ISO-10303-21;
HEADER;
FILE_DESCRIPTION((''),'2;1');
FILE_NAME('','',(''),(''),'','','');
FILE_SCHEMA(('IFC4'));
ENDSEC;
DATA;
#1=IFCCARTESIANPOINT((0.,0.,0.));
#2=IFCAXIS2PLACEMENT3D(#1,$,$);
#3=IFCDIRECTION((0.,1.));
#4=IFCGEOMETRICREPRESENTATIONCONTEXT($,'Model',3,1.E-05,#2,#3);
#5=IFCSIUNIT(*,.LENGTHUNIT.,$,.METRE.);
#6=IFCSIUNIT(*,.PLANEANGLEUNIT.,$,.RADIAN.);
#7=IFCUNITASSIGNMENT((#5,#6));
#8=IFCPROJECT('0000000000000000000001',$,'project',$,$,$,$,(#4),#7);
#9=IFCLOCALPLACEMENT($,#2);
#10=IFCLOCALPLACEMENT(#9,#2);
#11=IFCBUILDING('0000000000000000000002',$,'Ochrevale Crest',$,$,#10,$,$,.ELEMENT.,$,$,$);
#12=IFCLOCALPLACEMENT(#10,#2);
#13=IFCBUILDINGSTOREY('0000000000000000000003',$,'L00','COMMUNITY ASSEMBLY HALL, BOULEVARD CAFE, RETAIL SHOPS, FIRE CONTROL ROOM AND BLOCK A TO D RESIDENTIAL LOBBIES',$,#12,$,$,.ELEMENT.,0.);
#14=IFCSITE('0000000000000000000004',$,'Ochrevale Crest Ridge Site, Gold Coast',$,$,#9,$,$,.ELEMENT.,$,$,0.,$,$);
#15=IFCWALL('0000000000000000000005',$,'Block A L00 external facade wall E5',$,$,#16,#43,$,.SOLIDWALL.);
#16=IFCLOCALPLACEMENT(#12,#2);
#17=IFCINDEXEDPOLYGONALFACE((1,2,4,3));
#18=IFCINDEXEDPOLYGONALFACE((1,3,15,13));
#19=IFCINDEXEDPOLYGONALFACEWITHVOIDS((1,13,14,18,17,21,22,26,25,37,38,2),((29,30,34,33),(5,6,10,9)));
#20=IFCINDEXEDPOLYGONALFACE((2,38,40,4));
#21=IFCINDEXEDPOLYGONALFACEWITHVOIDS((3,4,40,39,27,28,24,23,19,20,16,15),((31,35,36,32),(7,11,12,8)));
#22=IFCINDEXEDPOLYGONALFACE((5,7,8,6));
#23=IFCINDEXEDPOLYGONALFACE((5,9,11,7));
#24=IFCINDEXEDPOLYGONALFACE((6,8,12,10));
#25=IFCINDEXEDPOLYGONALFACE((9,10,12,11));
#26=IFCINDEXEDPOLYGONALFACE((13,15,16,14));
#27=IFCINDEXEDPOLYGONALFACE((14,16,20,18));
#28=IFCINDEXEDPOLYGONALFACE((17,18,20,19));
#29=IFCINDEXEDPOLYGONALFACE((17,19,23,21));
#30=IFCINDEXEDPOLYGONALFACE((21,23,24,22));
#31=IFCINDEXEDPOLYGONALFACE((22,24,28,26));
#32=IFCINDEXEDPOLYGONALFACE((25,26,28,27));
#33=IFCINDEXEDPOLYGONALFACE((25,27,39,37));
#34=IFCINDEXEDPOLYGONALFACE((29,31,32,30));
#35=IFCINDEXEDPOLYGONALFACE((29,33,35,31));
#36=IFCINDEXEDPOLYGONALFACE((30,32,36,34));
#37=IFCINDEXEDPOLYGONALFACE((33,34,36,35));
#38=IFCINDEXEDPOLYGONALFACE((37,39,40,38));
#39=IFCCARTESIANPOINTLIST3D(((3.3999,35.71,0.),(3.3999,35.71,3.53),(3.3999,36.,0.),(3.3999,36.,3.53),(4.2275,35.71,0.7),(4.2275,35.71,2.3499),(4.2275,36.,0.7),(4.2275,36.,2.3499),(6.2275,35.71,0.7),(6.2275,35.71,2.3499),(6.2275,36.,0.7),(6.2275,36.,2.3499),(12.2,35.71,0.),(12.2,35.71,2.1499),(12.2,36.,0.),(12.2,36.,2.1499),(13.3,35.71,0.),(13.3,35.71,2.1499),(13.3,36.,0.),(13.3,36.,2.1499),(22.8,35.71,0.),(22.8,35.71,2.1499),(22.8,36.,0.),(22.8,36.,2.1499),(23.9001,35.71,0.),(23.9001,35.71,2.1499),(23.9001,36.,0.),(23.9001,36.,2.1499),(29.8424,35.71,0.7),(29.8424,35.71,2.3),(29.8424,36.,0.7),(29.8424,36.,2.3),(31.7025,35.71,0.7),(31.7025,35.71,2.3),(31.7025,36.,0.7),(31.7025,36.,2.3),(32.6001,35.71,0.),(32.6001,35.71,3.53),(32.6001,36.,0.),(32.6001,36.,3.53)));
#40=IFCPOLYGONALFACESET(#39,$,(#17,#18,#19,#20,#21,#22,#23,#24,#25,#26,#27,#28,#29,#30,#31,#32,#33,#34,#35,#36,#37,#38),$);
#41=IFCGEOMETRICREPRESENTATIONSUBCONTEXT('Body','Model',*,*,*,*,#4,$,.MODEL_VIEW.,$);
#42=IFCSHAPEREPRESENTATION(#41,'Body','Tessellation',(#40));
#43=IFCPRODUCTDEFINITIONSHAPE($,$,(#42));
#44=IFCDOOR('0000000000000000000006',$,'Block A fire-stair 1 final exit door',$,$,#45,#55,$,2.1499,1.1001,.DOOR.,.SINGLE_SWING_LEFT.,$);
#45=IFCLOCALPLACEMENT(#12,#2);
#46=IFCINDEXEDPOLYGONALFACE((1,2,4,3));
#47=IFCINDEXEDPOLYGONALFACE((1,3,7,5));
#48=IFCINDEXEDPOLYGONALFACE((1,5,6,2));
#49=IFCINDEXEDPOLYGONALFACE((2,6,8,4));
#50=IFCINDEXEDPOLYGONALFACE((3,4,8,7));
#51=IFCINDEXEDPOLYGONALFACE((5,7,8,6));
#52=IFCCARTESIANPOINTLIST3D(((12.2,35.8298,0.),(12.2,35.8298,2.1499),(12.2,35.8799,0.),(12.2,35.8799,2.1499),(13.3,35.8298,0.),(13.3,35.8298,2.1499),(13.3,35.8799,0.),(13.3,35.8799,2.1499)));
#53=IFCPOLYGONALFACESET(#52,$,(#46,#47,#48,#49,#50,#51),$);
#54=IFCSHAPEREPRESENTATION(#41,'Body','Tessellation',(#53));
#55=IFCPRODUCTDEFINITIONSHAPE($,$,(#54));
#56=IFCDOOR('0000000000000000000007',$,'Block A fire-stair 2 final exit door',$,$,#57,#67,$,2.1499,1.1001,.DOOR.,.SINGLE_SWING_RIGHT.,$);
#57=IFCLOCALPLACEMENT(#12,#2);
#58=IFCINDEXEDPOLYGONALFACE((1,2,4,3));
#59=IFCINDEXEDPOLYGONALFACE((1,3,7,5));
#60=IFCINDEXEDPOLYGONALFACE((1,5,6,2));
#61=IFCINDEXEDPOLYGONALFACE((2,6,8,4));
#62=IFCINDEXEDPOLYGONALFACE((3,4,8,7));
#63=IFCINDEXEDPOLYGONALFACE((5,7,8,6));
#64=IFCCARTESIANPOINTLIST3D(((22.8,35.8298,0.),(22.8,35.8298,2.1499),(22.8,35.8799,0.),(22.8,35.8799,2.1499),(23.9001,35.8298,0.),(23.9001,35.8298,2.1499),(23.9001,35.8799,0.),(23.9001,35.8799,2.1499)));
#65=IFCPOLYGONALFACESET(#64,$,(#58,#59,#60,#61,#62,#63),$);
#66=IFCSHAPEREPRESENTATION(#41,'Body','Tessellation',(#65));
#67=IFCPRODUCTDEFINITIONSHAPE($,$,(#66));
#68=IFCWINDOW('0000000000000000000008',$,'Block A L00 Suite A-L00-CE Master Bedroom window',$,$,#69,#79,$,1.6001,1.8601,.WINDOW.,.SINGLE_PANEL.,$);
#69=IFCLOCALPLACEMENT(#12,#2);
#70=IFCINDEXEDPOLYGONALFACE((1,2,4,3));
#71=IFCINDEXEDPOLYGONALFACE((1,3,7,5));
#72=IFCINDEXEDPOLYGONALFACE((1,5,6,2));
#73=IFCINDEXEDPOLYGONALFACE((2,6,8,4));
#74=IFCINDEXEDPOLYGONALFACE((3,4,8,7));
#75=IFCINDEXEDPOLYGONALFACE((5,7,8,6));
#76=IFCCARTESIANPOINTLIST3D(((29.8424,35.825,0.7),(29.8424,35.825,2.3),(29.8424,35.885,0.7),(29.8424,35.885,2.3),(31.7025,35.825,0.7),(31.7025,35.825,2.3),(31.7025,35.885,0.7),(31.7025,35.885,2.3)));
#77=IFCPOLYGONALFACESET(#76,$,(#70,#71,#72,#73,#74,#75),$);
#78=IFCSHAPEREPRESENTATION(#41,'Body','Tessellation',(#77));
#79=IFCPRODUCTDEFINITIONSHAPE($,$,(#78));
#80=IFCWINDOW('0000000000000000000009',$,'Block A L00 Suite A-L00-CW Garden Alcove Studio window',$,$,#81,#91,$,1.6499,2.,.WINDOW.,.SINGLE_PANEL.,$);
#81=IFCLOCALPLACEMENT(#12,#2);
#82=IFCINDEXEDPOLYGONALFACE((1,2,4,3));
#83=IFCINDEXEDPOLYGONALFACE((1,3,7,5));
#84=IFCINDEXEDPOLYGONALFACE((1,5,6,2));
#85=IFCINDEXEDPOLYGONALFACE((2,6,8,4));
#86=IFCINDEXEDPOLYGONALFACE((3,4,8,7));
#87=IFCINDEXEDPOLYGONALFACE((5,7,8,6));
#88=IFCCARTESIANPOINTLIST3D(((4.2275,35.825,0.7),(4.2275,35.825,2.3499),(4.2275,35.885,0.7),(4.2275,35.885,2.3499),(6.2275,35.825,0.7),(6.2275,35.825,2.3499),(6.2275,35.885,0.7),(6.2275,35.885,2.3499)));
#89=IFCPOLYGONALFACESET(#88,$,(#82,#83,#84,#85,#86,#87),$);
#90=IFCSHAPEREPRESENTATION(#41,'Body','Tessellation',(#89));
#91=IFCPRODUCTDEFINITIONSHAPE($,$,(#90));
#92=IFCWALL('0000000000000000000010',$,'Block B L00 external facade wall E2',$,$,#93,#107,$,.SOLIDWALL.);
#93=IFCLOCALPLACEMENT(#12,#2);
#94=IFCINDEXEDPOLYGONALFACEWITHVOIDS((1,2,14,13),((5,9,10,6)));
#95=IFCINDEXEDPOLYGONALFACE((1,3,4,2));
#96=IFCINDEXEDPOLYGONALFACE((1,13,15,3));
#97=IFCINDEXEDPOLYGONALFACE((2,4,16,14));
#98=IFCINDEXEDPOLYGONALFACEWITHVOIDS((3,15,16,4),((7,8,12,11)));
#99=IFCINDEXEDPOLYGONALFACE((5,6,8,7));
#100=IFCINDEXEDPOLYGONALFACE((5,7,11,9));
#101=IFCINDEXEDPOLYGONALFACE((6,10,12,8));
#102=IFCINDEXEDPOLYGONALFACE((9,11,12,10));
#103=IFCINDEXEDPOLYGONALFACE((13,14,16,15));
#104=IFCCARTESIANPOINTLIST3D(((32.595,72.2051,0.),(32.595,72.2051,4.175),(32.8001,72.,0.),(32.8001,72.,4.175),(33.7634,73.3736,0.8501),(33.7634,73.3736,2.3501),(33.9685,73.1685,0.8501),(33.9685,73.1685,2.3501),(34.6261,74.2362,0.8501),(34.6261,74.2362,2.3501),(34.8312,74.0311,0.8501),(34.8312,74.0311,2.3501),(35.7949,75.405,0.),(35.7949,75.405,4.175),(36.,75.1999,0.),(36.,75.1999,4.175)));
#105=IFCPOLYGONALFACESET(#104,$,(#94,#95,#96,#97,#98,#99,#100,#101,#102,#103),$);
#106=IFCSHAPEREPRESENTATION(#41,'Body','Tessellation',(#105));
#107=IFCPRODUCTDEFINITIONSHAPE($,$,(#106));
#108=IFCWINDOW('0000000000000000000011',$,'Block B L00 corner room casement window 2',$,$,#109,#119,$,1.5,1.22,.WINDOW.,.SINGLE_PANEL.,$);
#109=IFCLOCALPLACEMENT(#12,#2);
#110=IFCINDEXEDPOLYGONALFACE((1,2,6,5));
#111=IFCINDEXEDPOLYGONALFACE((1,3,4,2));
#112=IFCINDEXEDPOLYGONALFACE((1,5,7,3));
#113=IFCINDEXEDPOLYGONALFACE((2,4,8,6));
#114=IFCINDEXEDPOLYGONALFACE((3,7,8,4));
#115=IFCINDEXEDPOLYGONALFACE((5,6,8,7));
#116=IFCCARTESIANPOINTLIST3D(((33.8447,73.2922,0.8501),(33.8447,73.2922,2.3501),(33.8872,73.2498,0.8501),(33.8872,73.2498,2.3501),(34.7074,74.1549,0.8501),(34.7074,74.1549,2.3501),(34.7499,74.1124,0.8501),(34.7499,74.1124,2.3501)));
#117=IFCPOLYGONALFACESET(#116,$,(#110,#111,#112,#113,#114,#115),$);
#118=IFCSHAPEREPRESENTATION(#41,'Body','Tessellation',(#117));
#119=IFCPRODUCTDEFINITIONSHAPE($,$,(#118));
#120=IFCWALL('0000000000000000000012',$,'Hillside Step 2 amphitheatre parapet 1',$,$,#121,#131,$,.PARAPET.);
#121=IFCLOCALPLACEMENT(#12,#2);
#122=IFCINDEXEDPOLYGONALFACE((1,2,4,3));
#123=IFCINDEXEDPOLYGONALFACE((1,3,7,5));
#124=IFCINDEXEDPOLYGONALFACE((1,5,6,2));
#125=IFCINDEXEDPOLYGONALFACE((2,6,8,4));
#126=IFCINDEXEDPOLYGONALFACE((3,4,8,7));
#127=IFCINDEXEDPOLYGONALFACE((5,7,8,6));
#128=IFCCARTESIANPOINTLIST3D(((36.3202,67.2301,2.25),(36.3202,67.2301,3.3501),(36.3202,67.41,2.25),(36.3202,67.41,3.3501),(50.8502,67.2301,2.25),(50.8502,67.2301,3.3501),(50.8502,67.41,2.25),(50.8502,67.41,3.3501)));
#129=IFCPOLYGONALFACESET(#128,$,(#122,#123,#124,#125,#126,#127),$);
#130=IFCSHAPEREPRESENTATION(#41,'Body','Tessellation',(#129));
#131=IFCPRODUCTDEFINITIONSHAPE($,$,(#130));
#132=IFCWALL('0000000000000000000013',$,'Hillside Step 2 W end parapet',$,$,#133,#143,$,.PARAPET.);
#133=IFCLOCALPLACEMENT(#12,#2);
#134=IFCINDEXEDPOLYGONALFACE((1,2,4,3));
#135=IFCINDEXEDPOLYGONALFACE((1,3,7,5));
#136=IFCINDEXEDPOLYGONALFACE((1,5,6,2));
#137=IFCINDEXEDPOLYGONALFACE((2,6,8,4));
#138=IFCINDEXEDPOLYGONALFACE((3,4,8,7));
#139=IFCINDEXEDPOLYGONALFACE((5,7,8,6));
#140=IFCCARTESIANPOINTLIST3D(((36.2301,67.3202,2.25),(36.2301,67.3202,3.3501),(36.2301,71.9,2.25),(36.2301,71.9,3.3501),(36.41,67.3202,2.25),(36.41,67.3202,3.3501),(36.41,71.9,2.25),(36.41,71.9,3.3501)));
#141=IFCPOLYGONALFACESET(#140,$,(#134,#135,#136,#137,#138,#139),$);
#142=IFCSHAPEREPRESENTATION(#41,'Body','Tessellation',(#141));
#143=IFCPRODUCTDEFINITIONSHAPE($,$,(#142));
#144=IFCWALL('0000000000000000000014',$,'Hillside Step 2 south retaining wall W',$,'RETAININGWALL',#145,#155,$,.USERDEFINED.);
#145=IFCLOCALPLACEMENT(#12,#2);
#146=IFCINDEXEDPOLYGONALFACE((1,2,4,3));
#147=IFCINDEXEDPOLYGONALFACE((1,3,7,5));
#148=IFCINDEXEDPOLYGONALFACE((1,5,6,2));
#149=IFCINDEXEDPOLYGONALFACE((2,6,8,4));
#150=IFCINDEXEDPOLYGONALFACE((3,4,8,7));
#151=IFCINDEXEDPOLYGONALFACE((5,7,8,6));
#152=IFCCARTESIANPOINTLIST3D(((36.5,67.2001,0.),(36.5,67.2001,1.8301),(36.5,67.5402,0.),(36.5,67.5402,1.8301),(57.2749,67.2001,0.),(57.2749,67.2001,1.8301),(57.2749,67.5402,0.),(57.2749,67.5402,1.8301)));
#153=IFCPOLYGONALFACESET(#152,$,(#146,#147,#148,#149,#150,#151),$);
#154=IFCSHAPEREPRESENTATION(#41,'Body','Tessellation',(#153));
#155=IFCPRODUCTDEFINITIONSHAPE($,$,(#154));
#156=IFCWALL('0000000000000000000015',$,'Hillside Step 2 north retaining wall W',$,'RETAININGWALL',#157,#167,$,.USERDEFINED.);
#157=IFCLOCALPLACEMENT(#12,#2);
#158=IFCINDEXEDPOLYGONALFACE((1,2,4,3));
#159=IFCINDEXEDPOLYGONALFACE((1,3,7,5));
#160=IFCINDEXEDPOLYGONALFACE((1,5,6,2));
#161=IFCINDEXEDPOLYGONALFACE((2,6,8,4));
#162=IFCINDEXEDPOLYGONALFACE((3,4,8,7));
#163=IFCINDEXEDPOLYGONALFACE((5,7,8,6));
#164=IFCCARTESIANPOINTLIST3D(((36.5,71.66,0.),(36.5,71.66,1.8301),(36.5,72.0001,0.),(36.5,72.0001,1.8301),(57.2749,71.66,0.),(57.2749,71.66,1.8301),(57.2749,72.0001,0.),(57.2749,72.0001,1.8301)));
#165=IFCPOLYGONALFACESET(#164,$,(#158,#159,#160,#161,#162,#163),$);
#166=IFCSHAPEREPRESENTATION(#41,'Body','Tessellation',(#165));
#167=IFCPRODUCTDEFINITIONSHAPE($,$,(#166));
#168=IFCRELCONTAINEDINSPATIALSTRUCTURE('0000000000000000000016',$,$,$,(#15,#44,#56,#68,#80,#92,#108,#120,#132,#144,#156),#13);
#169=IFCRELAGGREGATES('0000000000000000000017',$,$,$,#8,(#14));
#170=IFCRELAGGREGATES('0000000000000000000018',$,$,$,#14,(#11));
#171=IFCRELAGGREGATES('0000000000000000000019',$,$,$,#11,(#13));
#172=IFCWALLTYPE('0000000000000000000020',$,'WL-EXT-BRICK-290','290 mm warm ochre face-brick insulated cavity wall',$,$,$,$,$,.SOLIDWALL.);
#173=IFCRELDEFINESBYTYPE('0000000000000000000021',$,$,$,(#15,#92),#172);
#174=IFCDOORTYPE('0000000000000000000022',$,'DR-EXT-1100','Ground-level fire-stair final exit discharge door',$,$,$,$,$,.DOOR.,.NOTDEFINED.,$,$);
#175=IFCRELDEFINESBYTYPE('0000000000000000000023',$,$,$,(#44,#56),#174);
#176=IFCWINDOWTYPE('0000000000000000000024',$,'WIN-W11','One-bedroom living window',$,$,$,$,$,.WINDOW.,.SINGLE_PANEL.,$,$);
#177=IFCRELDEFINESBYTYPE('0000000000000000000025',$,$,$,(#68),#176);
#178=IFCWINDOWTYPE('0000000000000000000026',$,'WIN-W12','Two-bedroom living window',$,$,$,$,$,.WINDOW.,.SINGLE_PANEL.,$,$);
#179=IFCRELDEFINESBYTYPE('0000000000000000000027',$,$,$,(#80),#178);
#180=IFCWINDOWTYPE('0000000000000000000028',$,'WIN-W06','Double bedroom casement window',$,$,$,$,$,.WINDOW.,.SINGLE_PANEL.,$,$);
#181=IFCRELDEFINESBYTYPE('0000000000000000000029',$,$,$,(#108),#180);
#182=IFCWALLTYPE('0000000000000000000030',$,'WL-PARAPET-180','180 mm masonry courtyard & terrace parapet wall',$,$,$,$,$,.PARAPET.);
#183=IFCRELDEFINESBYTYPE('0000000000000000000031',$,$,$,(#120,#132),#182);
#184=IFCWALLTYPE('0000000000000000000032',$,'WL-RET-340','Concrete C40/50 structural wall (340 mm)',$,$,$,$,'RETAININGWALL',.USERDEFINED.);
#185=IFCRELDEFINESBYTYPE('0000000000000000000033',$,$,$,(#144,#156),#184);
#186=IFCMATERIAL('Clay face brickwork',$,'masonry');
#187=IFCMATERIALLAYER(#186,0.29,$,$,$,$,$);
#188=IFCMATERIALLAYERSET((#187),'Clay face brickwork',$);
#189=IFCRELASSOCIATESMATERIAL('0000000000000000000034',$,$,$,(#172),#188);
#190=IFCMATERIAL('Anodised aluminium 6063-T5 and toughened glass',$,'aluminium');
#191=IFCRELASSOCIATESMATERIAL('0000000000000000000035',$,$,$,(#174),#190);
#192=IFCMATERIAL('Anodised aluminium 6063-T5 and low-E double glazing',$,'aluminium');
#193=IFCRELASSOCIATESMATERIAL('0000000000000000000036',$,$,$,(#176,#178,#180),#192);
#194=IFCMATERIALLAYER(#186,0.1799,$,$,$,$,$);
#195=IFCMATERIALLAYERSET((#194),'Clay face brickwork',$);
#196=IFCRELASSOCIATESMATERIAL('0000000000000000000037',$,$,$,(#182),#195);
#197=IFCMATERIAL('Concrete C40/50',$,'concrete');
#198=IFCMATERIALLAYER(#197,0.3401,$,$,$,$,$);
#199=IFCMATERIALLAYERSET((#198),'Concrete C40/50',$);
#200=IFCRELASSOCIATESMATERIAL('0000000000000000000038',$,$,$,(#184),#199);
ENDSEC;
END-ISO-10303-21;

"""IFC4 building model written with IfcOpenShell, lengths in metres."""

from ifc_helpers import new_model, si_unit, direction, frame, frame_2d, origin, place, context, subcontext, project, spatial, rectangle, extrude, material, layer, layer_set, type_object, element, fill, save


model = new_model("IFC4")

# Units and contexts
model_context = context("Model", 3, precision=1e-05, world=origin(), true_north=direction((0.0, 1.0)))
body_context = subcontext(model_context, "Body", "Model", "MODEL_VIEW")
ifc_project = project(units=[si_unit("LENGTHUNIT", "METRE"), si_unit("PLANEANGLEUNIT", "RADIAN")], contexts=[model_context])

# Site, building, storey
site_placement = place(None, origin())
site = spatial("IfcSite", under=ifc_project, at=site_placement, Name="Ochrevale Crest Ridge Site, Gold Coast", CompositionType="ELEMENT", RefElevation=0.0)
building_placement = place(site_placement, origin())
building = spatial("IfcBuilding", under=site, at=building_placement, Name="Ochrevale Crest", CompositionType="ELEMENT")
storey_placement = place(building_placement, origin())
storey = spatial("IfcBuildingStorey", under=building, at=storey_placement, Name="L00", Description="COMMUNITY ASSEMBLY HALL, BOULEVARD CAFE, RETAIL SHOPS, FIRE CONTROL ROOM AND BLOCK A TO D RESIDENTIAL LOBBIES", CompositionType="ELEMENT", Elevation=0.0)

# Wall, openings, doors, windows
ifc_material_1 = material(Name="Clay face brickwork", Category="masonry")
ifc_layer_1 = layer(ifc_material_1, 0.29)
ifc_layer_set_1 = layer_set([ifc_layer_1], Name="Clay face brickwork")
wall_type_1 = type_object("IfcWallType", Name="WL-EXT-BRICK-290", Description="290 mm warm ochre face-brick insulated cavity wall", PredefinedType="SOLIDWALL", material=ifc_layer_set_1)
wall_1_placement = place(storey_placement, frame((32.6001, 35.855, 0.0), z_axis=(0.0, 0.0, 1.0), x_axis=(-1.0, 0.0, 0.0)))
wall_1 = element("IfcWall", 1, at=wall_1_placement, inside=storey, type_object=wall_type_1, Name="Block A L00 external facade wall E5", PredefinedType="SOLIDWALL", context=body_context, shape_type="SweptSolid", body=[
    extrude(rectangle(XDim=29.2002, YDim=0.29, at=frame_2d((14.6001, 0.0))), origin(), (0.0, 0.0, 1.0), 3.53),
])
opening_1_placement = place(wall_1_placement, frame((20.4001, 0.0, 0.0), z_axis=(0.0, 0.0, 1.0), x_axis=(-1.0, 0.0, 0.0)))
opening_1 = element("IfcOpeningElement", 2, at=opening_1_placement, cuts=wall_1, PredefinedType="OPENING", context=body_context, shape_type="SweptSolid", body=[
    extrude(rectangle(XDim=1.1001, YDim=2.1499, at=frame_2d((0.55, 1.075))), frame((0.0, 0.155, 0.0), z_axis=(0.0, -1.0, 0.0), x_axis=(1.0, 0.0, 0.0)), (0.0, 0.0, 1.0), 0.3101),
])
opening_2_placement = place(wall_1_placement, frame((9.8, 0.0, 0.0), z_axis=(0.0, 0.0, 1.0), x_axis=(-1.0, 0.0, 0.0)))
opening_2 = element("IfcOpeningElement", 3, at=opening_2_placement, cuts=wall_1, PredefinedType="OPENING", context=body_context, shape_type="SweptSolid", body=[
    extrude(rectangle(XDim=1.1001, YDim=2.1499, at=frame_2d((0.55, 1.075))), frame((0.0, 0.155, 0.0), z_axis=(0.0, -1.0, 0.0), x_axis=(1.0, 0.0, 0.0)), (0.0, 0.0, 1.0), 0.3101),
])
opening_3_placement = place(wall_1_placement, frame((0.8975, 0.0, 0.7)))
opening_3 = element("IfcOpeningElement", 4, at=opening_3_placement, cuts=wall_1, PredefinedType="OPENING", context=body_context, shape_type="SweptSolid", body=[
    extrude(rectangle(XDim=1.8601, YDim=1.6001, at=frame_2d((0.9302, 0.8))), frame((0.0, 0.155, 0.0), z_axis=(0.0, -1.0, 0.0), x_axis=(1.0, 0.0, 0.0)), (0.0, 0.0, 1.0), 0.3101),
])
opening_4_placement = place(wall_1_placement, frame((26.3726, 0.0, 0.7)))
opening_4 = element("IfcOpeningElement", 5, at=opening_4_placement, cuts=wall_1, PredefinedType="OPENING", context=body_context, shape_type="SweptSolid", body=[
    extrude(rectangle(XDim=2.0, YDim=1.6499, at=frame_2d((1.0, 0.825))), frame((0.0, 0.155, 0.0), z_axis=(0.0, -1.0, 0.0), x_axis=(1.0, 0.0, 0.0)), (0.0, 0.0, 1.0), 0.3101),
])
ifc_material_2 = material(Name="Anodised aluminium 6063-T5 and toughened glass", Category="aluminium")
door_type = type_object("IfcDoorType", Name="DR-EXT-1100", Description="Ground-level fire-stair final exit discharge door", OperationType="NOTDEFINED", PredefinedType="DOOR", material=ifc_material_2)
door_1_placement = place(opening_1_placement, origin())
door_1 = element("IfcDoor", 6, at=door_1_placement, inside=storey, type_object=door_type, Name="Block A fire-stair 1 final exit door", OperationType="SINGLE_SWING_LEFT", OverallHeight=2.1499, OverallWidth=1.1001, PredefinedType="DOOR", context=body_context, shape_type="SweptSolid", body=[
    extrude(rectangle(XDim=1.1001, YDim=2.1499, at=frame_2d((0.55, 1.075))), frame((0.0, 0.0249, 0.0), z_axis=(0.0, -1.0, 0.0), x_axis=(1.0, 0.0, 0.0)), (0.0, 0.0, 1.0), 0.05),
])
fill(opening_1, door_1)
door_2_placement = place(opening_2_placement, origin())
door_2 = element("IfcDoor", 7, at=door_2_placement, inside=storey, type_object=door_type, Name="Block A fire-stair 2 final exit door", OperationType="SINGLE_SWING_RIGHT", OverallHeight=2.1499, OverallWidth=1.1001, PredefinedType="DOOR", context=body_context, shape_type="SweptSolid", body=[
    extrude(rectangle(XDim=1.1001, YDim=2.1499, at=frame_2d((0.55, 1.075))), frame((0.0, 0.0249, 0.0), z_axis=(0.0, -1.0, 0.0), x_axis=(1.0, 0.0, 0.0)), (0.0, 0.0, 1.0), 0.05),
])
fill(opening_2, door_2)
ifc_material_3 = material(Name="Anodised aluminium 6063-T5 and low-E double glazing", Category="aluminium")
window_type_1 = type_object("IfcWindowType", Name="WIN-W11", Description="One-bedroom living window", PartitioningType="SINGLE_PANEL", PredefinedType="WINDOW", material=ifc_material_3)
window_1_placement = place(opening_3_placement, origin())
window_1 = element("IfcWindow", 8, at=window_1_placement, inside=storey, type_object=window_type_1, Name="Block A L00 Suite A-L00-CE Master Bedroom window", OverallHeight=1.6001, OverallWidth=1.8601, PartitioningType="SINGLE_PANEL", PredefinedType="WINDOW", context=body_context, shape_type="SweptSolid", body=[
    extrude(rectangle(XDim=1.8601, YDim=1.6001, at=frame_2d((0.9302, 0.8))), frame((0.0, 0.03, 0.0), z_axis=(0.0, -1.0, 0.0), x_axis=(1.0, 0.0, 0.0)), (0.0, 0.0, 1.0), 0.0601),
])
fill(opening_3, window_1)
window_type_2 = type_object("IfcWindowType", Name="WIN-W12", Description="Two-bedroom living window", PartitioningType="SINGLE_PANEL", PredefinedType="WINDOW", material=ifc_material_3)
window_2_placement = place(opening_4_placement, origin())
window_2 = element("IfcWindow", 9, at=window_2_placement, inside=storey, type_object=window_type_2, Name="Block A L00 Suite A-L00-CW Garden Alcove Studio window", OverallHeight=1.6499, OverallWidth=2.0, PartitioningType="SINGLE_PANEL", PredefinedType="WINDOW", context=body_context, shape_type="SweptSolid", body=[
    extrude(rectangle(XDim=2.0, YDim=1.6499, at=frame_2d((1.0, 0.825))), frame((0.0, 0.03, 0.0), z_axis=(0.0, -1.0, 0.0), x_axis=(1.0, 0.0, 0.0)), (0.0, 0.0, 1.0), 0.0601),
])
fill(opening_4, window_2)

# Wall, opening, window
wall_2_placement = place(storey_placement, frame((32.6975, 72.1025, 0.0), z_axis=(0.0, 0.0, 1.0), x_axis=(0.707107, 0.707107, 0.0)))
wall_2 = element("IfcWall", 10, at=wall_2_placement, inside=storey, type_object=wall_type_1, Name="Block B L00 external facade wall E2", PredefinedType="SOLIDWALL", context=body_context, shape_type="SweptSolid", body=[
    extrude(rectangle(XDim=4.5254, YDim=0.29, at=frame_2d((2.2627, 0.0))), origin(), (0.0, 0.0, 1.0), 4.175),
])
opening_5_placement = place(wall_2_placement, frame((1.6526, 0.0, 0.8501)))
opening_5 = element("IfcOpeningElement", 11, at=opening_5_placement, cuts=wall_2, PredefinedType="OPENING", context=body_context, shape_type="SweptSolid", body=[
    extrude(rectangle(XDim=1.22, YDim=1.5, at=frame_2d((0.6099, 0.75))), frame((0.0, 0.155, 0.0), z_axis=(0.0, -1.0, 0.0), x_axis=(1.0, 0.0, 0.0)), (0.0, 0.0, 1.0), 0.3101),
])
window_type_3 = type_object("IfcWindowType", Name="WIN-W06", Description="Double bedroom casement window", PartitioningType="SINGLE_PANEL", PredefinedType="WINDOW", material=ifc_material_3)
window_3_placement = place(opening_5_placement, origin())
window_3 = element("IfcWindow", 12, at=window_3_placement, inside=storey, type_object=window_type_3, Name="Block B L00 corner room casement window 2", OverallHeight=1.5, OverallWidth=1.22, PartitioningType="SINGLE_PANEL", PredefinedType="WINDOW", context=body_context, shape_type="SweptSolid", body=[
    extrude(rectangle(XDim=1.22, YDim=1.5, at=frame_2d((0.6099, 0.75))), frame((0.0, 0.03, 0.0), z_axis=(0.0, -1.0, 0.0), x_axis=(1.0, 0.0, 0.0)), (0.0, 0.0, 1.0), 0.0601),
])
fill(opening_5, window_3)

# Walls
ifc_layer_2 = layer(ifc_material_1, 0.1799)
ifc_layer_set_2 = layer_set([ifc_layer_2], Name="Clay face brickwork")
wall_type_2 = type_object("IfcWallType", Name="WL-PARAPET-180", Description="180 mm masonry courtyard & terrace parapet wall", PredefinedType="PARAPET", material=ifc_layer_set_2)
wall_3_placement = place(storey_placement, frame((36.3201, 67.3201, 2.25), z_axis=(0.0, 0.0, 1.0), x_axis=(1.0, 0.0, 0.0)))
element("IfcWall", 13, at=wall_3_placement, inside=storey, type_object=wall_type_2, Name="Hillside Step 2 amphitheatre parapet 1", PredefinedType="PARAPET", context=body_context, shape_type="SweptSolid", body=[
    extrude(rectangle(XDim=14.53, YDim=0.1799, at=frame_2d((7.2651, 0.0))), origin(), (0.0, 0.0, 1.0), 1.1001),
])
wall_4_placement = place(storey_placement, frame((36.3201, 67.3201, 2.25), z_axis=(0.0, 0.0, 1.0), x_axis=(0.0, 1.0, 0.0)))
element("IfcWall", 14, at=wall_4_placement, inside=storey, type_object=wall_type_2, Name="Hillside Step 2 W end parapet", PredefinedType="PARAPET", context=body_context, shape_type="SweptSolid", body=[
    extrude(rectangle(XDim=4.5798, YDim=0.1799, at=frame_2d((2.29, 0.0))), origin(), (0.0, 0.0, 1.0), 1.1001),
])
ifc_material_4 = material(Name="Concrete C40/50", Category="concrete")
ifc_layer_3 = layer(ifc_material_4, 0.3401)
ifc_layer_set_3 = layer_set([ifc_layer_3], Name="Concrete C40/50")
wall_type_3 = type_object("IfcWallType", Name="WL-RET-340", Description="Concrete C40/50 structural wall (340 mm)", ElementType="RETAININGWALL", PredefinedType="USERDEFINED", material=ifc_layer_set_3)
for number, where, z_axis, x_axis, name in (
    (15, (36.5, 67.3701, 0.0), (0.0, 0.0, 1.0), (1.0, 0.0, 0.0), "Hillside Step 2 south retaining wall W"),
    (16, (36.5, 71.8301, 0.0), (0.0, 0.0, 1.0), (1.0, 0.0, 0.0), "Hillside Step 2 north retaining wall W"),
):
    element("IfcWall", number, at=place(storey_placement, frame(where, z_axis=z_axis, x_axis=x_axis)), inside=storey, type_object=wall_type_3, Name=name, ObjectType="RETAININGWALL", PredefinedType="USERDEFINED", context=body_context, shape_type="SweptSolid", body=[
        extrude(rectangle(XDim=20.7749, YDim=0.3401, at=frame_2d((10.3875, 0.0))), origin(), (0.0, 0.0, 1.0), 1.8301),
    ])

save(model, "model.ifc")
